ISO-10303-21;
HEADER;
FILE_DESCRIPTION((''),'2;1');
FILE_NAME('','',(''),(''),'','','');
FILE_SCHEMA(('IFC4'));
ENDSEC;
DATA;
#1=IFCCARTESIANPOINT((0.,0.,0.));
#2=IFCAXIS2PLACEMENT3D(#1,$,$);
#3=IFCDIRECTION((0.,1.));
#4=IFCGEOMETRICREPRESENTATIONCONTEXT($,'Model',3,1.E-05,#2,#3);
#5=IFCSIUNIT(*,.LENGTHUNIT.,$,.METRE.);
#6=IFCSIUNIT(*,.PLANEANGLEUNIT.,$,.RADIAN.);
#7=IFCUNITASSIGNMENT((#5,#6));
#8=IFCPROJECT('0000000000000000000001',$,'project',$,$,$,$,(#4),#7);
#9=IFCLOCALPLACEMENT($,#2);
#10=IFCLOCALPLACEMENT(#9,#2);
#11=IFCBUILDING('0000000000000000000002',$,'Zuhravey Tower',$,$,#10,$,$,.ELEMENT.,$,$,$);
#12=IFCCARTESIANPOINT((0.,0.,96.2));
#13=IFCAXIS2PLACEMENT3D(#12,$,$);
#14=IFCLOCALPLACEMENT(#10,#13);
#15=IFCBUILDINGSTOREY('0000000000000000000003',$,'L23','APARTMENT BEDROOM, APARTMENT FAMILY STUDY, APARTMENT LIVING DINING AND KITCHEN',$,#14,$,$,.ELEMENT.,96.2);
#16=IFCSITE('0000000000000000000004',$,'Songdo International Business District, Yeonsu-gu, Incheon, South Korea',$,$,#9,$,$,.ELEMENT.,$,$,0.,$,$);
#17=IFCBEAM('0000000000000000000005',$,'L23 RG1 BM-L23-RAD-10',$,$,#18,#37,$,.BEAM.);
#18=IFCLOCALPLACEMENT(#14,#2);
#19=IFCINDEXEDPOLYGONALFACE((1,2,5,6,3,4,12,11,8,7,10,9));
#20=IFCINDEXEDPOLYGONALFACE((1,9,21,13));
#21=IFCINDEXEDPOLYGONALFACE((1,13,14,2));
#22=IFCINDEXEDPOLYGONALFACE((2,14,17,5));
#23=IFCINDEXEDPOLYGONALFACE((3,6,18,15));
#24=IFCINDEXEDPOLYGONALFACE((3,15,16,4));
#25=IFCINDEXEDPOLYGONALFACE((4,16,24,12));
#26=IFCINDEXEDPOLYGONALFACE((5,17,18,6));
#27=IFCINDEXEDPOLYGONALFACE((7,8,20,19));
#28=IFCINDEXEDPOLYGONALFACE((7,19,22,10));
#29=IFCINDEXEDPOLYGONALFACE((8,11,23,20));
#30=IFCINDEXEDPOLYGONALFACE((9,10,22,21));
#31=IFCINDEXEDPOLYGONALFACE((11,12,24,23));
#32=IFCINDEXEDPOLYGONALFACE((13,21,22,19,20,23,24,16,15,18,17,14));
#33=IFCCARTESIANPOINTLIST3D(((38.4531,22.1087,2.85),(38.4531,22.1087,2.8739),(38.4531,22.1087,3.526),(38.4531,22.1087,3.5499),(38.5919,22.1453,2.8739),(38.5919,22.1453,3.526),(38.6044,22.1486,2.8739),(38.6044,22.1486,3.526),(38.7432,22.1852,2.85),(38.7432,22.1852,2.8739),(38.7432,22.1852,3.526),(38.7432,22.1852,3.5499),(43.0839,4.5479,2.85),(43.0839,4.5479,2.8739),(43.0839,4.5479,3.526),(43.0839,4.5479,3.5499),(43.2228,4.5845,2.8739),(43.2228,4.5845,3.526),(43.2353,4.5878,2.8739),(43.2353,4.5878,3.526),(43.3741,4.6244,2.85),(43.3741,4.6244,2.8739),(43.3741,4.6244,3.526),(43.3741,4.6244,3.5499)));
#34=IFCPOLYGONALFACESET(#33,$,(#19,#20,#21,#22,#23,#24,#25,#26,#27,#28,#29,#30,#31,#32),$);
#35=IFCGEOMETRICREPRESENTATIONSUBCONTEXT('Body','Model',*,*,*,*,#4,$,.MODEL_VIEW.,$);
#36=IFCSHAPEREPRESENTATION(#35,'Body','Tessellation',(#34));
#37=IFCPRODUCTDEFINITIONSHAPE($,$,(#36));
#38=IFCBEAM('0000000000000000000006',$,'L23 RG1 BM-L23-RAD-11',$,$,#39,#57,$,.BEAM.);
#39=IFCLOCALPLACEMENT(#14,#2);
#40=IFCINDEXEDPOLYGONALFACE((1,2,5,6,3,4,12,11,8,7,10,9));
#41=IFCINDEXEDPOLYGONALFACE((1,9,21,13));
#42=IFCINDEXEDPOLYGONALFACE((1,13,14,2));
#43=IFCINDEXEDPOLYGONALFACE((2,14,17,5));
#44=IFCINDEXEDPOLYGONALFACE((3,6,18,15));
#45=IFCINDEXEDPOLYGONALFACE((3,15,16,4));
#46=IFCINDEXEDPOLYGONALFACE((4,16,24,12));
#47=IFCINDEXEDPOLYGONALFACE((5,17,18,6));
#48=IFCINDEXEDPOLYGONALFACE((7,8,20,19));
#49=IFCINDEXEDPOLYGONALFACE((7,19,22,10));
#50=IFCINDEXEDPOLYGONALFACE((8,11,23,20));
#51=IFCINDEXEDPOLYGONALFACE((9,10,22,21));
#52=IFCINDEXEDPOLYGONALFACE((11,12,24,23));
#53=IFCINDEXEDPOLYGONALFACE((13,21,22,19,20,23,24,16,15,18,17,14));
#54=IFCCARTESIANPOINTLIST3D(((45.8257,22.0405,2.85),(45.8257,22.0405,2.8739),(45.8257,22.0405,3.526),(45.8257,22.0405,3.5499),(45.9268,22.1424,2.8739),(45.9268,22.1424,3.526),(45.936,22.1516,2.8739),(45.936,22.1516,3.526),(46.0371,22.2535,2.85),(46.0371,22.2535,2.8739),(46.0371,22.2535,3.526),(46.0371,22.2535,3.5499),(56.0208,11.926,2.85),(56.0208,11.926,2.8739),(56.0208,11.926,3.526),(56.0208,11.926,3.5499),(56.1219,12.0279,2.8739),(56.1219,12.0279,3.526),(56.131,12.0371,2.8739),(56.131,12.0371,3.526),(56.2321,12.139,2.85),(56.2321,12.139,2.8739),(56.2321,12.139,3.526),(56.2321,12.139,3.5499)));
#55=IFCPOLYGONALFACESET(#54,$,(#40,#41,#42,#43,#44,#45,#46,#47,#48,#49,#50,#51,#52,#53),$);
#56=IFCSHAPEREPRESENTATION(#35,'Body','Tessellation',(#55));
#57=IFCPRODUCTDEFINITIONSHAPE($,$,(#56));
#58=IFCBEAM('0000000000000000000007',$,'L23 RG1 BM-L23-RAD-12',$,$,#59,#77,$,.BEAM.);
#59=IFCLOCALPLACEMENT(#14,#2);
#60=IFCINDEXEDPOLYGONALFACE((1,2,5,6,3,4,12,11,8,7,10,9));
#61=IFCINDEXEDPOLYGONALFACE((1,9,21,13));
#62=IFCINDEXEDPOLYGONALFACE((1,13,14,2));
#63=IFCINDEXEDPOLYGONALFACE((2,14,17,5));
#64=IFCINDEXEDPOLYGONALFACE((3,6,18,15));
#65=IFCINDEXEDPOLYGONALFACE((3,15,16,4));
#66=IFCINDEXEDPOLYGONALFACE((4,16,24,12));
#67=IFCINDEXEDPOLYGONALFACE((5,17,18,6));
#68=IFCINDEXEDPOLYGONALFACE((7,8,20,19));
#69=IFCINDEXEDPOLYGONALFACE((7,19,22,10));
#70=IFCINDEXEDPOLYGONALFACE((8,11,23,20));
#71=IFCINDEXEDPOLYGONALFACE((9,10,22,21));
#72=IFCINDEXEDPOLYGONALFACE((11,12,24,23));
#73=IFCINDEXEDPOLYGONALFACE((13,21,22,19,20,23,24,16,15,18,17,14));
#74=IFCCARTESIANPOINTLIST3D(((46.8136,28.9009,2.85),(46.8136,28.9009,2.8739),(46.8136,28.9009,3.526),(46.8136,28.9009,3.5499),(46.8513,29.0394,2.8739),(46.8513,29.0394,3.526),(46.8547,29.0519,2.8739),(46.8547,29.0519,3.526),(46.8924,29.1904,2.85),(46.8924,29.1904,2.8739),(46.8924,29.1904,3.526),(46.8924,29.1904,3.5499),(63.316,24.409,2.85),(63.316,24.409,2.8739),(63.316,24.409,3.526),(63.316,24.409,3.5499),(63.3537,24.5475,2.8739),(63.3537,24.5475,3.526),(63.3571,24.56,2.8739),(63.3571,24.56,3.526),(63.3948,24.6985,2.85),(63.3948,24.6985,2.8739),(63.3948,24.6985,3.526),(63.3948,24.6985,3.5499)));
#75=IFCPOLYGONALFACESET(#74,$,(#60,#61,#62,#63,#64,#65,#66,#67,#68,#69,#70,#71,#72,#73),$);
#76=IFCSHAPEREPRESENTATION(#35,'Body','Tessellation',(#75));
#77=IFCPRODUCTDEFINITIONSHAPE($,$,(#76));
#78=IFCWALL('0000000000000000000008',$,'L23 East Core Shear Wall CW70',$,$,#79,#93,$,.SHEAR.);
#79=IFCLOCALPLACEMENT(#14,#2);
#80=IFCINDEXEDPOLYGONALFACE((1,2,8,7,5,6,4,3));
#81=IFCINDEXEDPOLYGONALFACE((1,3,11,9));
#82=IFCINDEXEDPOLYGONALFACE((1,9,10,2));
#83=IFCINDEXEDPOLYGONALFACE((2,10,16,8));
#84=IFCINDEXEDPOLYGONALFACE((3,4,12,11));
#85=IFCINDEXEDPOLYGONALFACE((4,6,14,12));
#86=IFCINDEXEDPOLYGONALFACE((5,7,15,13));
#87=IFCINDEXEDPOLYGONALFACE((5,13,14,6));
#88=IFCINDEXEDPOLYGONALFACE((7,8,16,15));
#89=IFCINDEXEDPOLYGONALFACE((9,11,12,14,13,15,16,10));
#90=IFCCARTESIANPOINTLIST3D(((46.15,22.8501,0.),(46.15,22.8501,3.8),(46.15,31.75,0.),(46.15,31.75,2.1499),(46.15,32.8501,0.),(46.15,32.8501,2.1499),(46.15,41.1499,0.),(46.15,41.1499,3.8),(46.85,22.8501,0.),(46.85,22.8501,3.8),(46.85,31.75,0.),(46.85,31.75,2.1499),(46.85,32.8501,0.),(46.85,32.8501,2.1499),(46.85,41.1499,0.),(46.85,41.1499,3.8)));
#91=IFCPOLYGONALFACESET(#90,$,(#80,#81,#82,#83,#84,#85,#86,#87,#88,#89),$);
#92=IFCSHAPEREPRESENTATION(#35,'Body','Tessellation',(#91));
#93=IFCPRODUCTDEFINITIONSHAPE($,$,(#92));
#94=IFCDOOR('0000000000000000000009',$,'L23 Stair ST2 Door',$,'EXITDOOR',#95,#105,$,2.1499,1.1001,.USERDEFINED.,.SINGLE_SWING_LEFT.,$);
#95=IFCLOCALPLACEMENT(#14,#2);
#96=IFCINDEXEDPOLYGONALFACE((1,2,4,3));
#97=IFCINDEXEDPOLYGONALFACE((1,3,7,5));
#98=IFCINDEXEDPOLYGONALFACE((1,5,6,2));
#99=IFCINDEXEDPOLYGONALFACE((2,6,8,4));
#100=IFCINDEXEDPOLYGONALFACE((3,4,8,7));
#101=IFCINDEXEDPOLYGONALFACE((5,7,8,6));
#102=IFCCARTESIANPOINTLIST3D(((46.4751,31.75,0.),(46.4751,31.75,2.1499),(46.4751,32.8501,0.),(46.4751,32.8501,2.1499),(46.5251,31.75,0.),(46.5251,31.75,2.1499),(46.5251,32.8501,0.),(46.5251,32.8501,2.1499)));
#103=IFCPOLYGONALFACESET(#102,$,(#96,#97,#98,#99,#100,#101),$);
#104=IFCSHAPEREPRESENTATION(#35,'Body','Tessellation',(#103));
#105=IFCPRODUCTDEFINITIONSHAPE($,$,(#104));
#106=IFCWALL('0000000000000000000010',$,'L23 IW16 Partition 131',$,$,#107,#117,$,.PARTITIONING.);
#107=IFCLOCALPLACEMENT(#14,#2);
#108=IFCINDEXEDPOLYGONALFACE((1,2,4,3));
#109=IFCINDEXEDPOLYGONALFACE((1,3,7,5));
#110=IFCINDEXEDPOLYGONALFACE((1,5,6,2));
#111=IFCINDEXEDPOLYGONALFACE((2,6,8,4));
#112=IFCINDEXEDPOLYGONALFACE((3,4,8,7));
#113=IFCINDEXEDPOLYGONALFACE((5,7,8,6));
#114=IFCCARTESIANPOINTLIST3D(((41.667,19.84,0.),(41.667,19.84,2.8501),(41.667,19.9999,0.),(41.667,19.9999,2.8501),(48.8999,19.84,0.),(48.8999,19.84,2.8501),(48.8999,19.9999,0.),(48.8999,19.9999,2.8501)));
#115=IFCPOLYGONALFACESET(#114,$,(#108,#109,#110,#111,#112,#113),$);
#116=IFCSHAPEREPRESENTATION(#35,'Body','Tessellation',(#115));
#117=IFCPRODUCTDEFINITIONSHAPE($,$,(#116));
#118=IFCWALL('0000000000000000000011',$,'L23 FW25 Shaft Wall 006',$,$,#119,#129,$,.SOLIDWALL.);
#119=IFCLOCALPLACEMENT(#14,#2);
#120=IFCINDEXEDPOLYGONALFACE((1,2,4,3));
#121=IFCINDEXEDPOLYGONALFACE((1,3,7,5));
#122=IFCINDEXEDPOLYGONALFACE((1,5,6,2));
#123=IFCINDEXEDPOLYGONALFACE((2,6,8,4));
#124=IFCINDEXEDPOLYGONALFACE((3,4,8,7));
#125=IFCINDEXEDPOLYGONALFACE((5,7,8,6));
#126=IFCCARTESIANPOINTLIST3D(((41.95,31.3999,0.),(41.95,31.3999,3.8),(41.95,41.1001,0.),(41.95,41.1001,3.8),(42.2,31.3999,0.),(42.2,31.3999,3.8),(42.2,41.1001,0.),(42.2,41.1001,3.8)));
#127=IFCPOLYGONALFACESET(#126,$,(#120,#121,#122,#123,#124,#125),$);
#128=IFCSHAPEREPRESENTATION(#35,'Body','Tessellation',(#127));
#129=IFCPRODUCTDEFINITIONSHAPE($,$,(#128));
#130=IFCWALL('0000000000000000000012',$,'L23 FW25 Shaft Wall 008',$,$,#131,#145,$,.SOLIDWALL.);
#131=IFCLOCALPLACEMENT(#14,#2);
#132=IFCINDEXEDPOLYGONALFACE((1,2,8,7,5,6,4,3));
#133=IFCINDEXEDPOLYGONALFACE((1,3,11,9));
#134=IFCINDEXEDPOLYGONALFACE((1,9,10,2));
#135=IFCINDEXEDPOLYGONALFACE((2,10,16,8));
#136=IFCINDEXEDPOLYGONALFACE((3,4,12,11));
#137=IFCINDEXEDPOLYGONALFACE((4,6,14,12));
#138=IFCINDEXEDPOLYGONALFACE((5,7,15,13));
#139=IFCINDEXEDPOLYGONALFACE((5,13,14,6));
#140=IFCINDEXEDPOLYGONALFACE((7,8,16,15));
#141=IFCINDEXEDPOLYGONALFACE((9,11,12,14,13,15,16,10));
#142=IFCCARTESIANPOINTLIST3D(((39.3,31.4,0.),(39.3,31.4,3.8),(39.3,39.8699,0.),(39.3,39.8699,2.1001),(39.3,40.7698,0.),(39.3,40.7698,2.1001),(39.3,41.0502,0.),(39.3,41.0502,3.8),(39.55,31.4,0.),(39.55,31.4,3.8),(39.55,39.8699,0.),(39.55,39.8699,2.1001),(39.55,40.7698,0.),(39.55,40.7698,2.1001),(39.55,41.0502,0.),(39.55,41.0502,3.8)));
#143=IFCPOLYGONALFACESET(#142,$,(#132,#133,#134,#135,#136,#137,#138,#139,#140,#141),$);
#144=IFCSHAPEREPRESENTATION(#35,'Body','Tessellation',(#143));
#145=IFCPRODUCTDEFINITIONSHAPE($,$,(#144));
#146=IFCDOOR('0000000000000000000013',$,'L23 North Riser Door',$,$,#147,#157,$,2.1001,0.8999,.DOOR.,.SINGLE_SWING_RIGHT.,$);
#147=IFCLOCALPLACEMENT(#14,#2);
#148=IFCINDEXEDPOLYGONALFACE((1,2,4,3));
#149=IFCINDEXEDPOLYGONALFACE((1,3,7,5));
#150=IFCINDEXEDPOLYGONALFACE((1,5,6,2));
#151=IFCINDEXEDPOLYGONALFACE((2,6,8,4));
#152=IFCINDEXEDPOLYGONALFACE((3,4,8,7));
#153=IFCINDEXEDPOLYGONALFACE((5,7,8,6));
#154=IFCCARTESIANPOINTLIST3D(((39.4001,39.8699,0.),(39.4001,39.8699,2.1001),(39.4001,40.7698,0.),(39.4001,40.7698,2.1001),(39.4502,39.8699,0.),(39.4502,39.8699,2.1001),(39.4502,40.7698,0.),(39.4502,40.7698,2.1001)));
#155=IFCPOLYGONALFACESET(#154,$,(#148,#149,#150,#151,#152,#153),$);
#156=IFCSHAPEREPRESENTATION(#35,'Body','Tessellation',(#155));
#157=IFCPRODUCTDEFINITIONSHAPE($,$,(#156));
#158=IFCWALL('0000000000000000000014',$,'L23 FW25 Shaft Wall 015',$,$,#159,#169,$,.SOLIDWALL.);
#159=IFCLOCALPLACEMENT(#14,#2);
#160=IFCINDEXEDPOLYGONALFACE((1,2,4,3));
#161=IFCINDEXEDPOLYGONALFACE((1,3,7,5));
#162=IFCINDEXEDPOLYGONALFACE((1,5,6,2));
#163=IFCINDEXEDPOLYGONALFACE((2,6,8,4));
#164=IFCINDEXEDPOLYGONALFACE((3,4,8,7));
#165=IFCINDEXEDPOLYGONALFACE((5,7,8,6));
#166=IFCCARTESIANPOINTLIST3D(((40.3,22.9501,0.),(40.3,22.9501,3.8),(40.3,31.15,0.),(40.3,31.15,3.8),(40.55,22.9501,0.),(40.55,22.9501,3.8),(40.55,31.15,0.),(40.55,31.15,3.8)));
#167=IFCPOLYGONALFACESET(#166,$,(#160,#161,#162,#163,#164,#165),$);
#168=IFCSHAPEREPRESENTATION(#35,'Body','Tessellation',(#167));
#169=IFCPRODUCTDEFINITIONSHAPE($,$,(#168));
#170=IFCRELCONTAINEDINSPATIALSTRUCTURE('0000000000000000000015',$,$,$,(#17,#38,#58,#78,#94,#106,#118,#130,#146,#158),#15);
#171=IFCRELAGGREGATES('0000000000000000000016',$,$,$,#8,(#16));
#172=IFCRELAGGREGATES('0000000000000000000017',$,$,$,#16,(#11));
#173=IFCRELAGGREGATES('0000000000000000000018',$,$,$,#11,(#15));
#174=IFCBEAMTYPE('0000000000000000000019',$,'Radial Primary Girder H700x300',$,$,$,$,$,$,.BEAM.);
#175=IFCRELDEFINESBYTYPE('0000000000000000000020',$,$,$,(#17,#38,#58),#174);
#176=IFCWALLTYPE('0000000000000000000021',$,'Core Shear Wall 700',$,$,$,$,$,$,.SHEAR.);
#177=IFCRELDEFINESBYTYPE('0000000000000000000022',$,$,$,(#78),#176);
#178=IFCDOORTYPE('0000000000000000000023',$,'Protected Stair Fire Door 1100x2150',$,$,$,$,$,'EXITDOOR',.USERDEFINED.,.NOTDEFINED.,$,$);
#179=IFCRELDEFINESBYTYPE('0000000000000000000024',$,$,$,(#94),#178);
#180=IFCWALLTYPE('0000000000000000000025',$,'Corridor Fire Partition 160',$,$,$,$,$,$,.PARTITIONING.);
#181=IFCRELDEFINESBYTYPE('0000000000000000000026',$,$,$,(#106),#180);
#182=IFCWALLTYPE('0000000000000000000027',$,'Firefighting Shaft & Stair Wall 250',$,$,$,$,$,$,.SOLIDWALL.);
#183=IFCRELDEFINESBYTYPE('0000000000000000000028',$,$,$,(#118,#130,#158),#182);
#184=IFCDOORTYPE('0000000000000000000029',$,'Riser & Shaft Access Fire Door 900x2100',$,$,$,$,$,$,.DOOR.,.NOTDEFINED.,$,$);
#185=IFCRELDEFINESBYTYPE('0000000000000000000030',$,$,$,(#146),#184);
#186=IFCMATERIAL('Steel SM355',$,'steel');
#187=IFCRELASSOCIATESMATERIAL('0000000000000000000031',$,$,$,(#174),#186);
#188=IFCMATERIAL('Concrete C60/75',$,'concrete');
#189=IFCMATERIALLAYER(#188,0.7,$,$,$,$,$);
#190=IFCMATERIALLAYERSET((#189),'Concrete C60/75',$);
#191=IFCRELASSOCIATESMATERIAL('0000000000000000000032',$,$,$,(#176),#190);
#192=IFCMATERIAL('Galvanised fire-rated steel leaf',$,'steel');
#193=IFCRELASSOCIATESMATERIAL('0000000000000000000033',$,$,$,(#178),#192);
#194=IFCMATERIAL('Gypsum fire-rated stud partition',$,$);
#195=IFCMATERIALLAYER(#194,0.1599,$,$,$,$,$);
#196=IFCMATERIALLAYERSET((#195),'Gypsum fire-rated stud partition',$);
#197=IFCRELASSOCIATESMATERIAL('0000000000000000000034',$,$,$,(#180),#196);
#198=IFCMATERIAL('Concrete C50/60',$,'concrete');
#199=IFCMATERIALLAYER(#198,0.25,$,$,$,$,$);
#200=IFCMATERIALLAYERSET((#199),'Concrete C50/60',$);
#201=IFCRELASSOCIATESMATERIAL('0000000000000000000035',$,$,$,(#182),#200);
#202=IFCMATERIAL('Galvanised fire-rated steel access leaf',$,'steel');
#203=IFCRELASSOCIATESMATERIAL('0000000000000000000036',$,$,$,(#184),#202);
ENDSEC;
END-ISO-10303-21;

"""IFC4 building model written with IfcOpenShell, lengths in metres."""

from ifc_helpers import new_model, si_unit, direction, frame, frame_2d, origin, origin_2d, place, context, subcontext, project, spatial, rectangle, i_section, extrude, material, layer, layer_set, material_profile, profile_set, type_object, element, fill, save


model = new_model("IFC4")

# Units and contexts
model_context = context("Model", 3, precision=1e-05, world=origin(), true_north=direction((0.0, 1.0)))
body_context = subcontext(model_context, "Body", "Model", "MODEL_VIEW")
ifc_project = project(units=[si_unit("LENGTHUNIT", "METRE"), si_unit("PLANEANGLEUNIT", "RADIAN")], contexts=[model_context])

# Site, building, storey
site_placement = place(None, origin())
site = spatial("IfcSite", under=ifc_project, at=site_placement, Name="Songdo International Business District, Yeonsu-gu, Incheon, South Korea", CompositionType="ELEMENT", RefElevation=0.0)
building_placement = place(site_placement, origin())
building = spatial("IfcBuilding", under=site, at=building_placement, Name="Zuhravey Tower", CompositionType="ELEMENT")
storey_placement = place(building_placement, frame((0.0, 0.0, 96.2)))
storey = spatial("IfcBuildingStorey", under=building, at=storey_placement, Name="L23", Description="APARTMENT BEDROOM, APARTMENT FAMILY STUDY, APARTMENT LIVING DINING AND KITCHEN", CompositionType="ELEMENT", Elevation=96.2)

# Beams
ifc_material_1 = material(Name="Steel SM355", Category="steel")
ifc_material_profile = material_profile(ifc_material_1, i_section(OverallWidth=0.3, OverallDepth=0.7, WebThickness=0.0129, FlangeThickness=0.0239, at=origin_2d()), Name="H-700x300x13x24")
ifc_profile_set = profile_set([ifc_material_profile], Name="Steel SM355")
beam_type = type_object("IfcBeamType", Name="Radial Primary Girder H700x300", PredefinedType="BEAM", material=ifc_profile_set)
beam_1_placement = place(storey_placement, frame((38.5981, 22.147, 3.2), z_axis=(0.254988, -0.966944, 0.0), x_axis=(0.966944, 0.254988, 0.0)))
element("IfcBeam", 1, at=beam_1_placement, inside=storey, type_object=beam_type, Name="L23 RG1 BM-L23-RAD-10", PredefinedType="BEAM", context=body_context, shape_type="SweptSolid", body=[
    extrude(i_section(OverallWidth=0.3, OverallDepth=0.7, WebThickness=0.0129, FlangeThickness=0.0239, at=origin_2d()), origin(), (0.0, 0.0, 1.0), 18.1611),
])
beam_2_placement = place(storey_placement, frame((45.9314, 22.147, 3.2), z_axis=(0.709906, -0.704296, 0.0), x_axis=(0.704296, 0.709906, 0.0)))
element("IfcBeam", 2, at=beam_2_placement, inside=storey, type_object=beam_type, Name="L23 RG1 BM-L23-RAD-11", PredefinedType="BEAM", context=body_context, shape_type="SweptSolid", body=[
    extrude(i_section(OverallWidth=0.3, OverallDepth=0.7, WebThickness=0.0129, FlangeThickness=0.0239, at=origin_2d()), origin(), (0.0, 0.0, 1.0), 14.3611),
])
beam_3_placement = place(storey_placement, frame((46.853, 29.0457, 3.2), z_axis=(0.964893, -0.262643, 0.0), x_axis=(0.262643, 0.964893, 0.0)))
element("IfcBeam", 3, at=beam_3_placement, inside=storey, type_object=beam_type, Name="L23 RG1 BM-L23-RAD-12", PredefinedType="BEAM", context=body_context, shape_type="SweptSolid", body=[
    extrude(i_section(OverallWidth=0.3, OverallDepth=0.7, WebThickness=0.0129, FlangeThickness=0.0239, at=origin_2d()), origin(), (0.0, 0.0, 1.0), 17.1028),
])

# Wall, opening, door
ifc_material_2 = material(Name="Concrete C60/75", Category="concrete")
ifc_layer_1 = layer(ifc_material_2, 0.7)
ifc_layer_set_1 = layer_set([ifc_layer_1], Name="Concrete C60/75")
wall_type_1 = type_object("IfcWallType", Name="Core Shear Wall 700", PredefinedType="SHEAR", material=ifc_layer_set_1)
wall_1_placement = place(storey_placement, frame((46.5, 22.8501, 0.0), z_axis=(0.0, 0.0, 1.0), x_axis=(0.0, 1.0, 0.0)))
wall_1 = element("IfcWall", 4, at=wall_1_placement, inside=storey, type_object=wall_type_1, Name="L23 East Core Shear Wall CW70", PredefinedType="SHEAR", context=body_context, shape_type="SweptSolid", body=[
    extrude(rectangle(XDim=18.2998, YDim=0.7, at=frame_2d((9.1499, 0.0))), origin(), (0.0, 0.0, 1.0), 3.8),
])
opening_1_placement = place(wall_1_placement, frame((8.8999, 0.0, 0.0)))
opening_1 = element("IfcOpeningElement", 5, at=opening_1_placement, cuts=wall_1, PredefinedType="OPENING", context=body_context, shape_type="SweptSolid", body=[
    extrude(rectangle(XDim=1.1001, YDim=2.1499, at=frame_2d((0.55, 1.075))), frame((0.0, 0.3621, 0.0), z_axis=(0.0, -1.0, 0.0), x_axis=(1.0, 0.0, 0.0)), (0.0, 0.0, 1.0), 0.7239),
])
ifc_material_3 = material(Name="Galvanised fire-rated steel leaf", Category="steel")
door_type_1 = type_object("IfcDoorType", Name="Protected Stair Fire Door 1100x2150", ElementType="EXITDOOR", OperationType="NOTDEFINED", PredefinedType="USERDEFINED", material=ifc_material_3)
door_1_placement = place(opening_1_placement, origin())
door_1 = element("IfcDoor", 6, at=door_1_placement, inside=storey, type_object=door_type_1, Name="L23 Stair ST2 Door", ObjectType="EXITDOOR", OperationType="SINGLE_SWING_LEFT", OverallHeight=2.1499, OverallWidth=1.1001, PredefinedType="USERDEFINED", context=body_context, shape_type="SweptSolid", body=[
    extrude(rectangle(XDim=1.1001, YDim=2.1499, at=frame_2d((0.55, 1.075))), frame((0.0, 0.0249, 0.0), z_axis=(0.0, -1.0, 0.0), x_axis=(1.0, 0.0, 0.0)), (0.0, 0.0, 1.0), 0.05),
])
fill(opening_1, door_1)

# Walls
ifc_material_4 = material(Name="Gypsum fire-rated stud partition")
ifc_layer_2 = layer(ifc_material_4, 0.1599)
ifc_layer_set_2 = layer_set([ifc_layer_2], Name="Gypsum fire-rated stud partition")
wall_type_2 = type_object("IfcWallType", Name="Corridor Fire Partition 160", PredefinedType="PARTITIONING", material=ifc_layer_set_2)
wall_2_placement = place(storey_placement, frame((41.667, 19.9199, 0.0), z_axis=(0.0, 0.0, 1.0), x_axis=(1.0, 0.0, 0.0)))
element("IfcWall", 7, at=wall_2_placement, inside=storey, type_object=wall_type_2, Name="L23 IW16 Partition 131", PredefinedType="PARTITIONING", context=body_context, shape_type="SweptSolid", body=[
    extrude(rectangle(XDim=7.2329, YDim=0.1599, at=frame_2d((3.6165, 0.0))), origin(), (0.0, 0.0, 1.0), 2.8501),
])
ifc_material_5 = material(Name="Concrete C50/60", Category="concrete")
ifc_layer_3 = layer(ifc_material_5, 0.25)
ifc_layer_set_3 = layer_set([ifc_layer_3], Name="Concrete C50/60")
wall_type_3 = type_object("IfcWallType", Name="Firefighting Shaft & Stair Wall 250", PredefinedType="SOLIDWALL", material=ifc_layer_set_3)
wall_3_placement = place(storey_placement, frame((42.075, 31.3999, 0.0), z_axis=(0.0, 0.0, 1.0), x_axis=(0.0, 1.0, 0.0)))
element("IfcWall", 8, at=wall_3_placement, inside=storey, type_object=wall_type_3, Name="L23 FW25 Shaft Wall 006", PredefinedType="SOLIDWALL", context=body_context, shape_type="SweptSolid", body=[
    extrude(rectangle(XDim=9.7002, YDim=0.25, at=frame_2d((4.8501, 0.0))), origin(), (0.0, 0.0, 1.0), 3.8),
])

# Wall, opening, door
wall_4_placement = place(storey_placement, frame((39.425, 31.3999, 0.0), z_axis=(0.0, 0.0, 1.0), x_axis=(0.0, 1.0, 0.0)))
wall_4 = element("IfcWall", 9, at=wall_4_placement, inside=storey, type_object=wall_type_3, Name="L23 FW25 Shaft Wall 008", PredefinedType="SOLIDWALL", context=body_context, shape_type="SweptSolid", body=[
    extrude(rectangle(XDim=9.6501, YDim=0.25, at=frame_2d((4.8252, 0.0))), origin(), (0.0, 0.0, 1.0), 3.8),
])
opening_2_placement = place(wall_4_placement, frame((8.47, 0.0, 0.0)))
opening_2 = element("IfcOpeningElement", 10, at=opening_2_placement, cuts=wall_4, PredefinedType="OPENING", context=body_context, shape_type="SweptSolid", body=[
    extrude(rectangle(XDim=0.8999, YDim=2.1001, at=frame_2d((0.45, 1.05))), frame((0.0, 0.137, 0.0), z_axis=(0.0, -1.0, 0.0), x_axis=(1.0, 0.0, 0.0)), (0.0, 0.0, 1.0), 0.2739),
])
ifc_material_6 = material(Name="Galvanised fire-rated steel access leaf", Category="steel")
door_type_2 = type_object("IfcDoorType", Name="Riser & Shaft Access Fire Door 900x2100", OperationType="NOTDEFINED", PredefinedType="DOOR", material=ifc_material_6)
door_2_placement = place(opening_2_placement, origin())
door_2 = element("IfcDoor", 11, at=door_2_placement, inside=storey, type_object=door_type_2, Name="L23 North Riser Door", OperationType="SINGLE_SWING_RIGHT", OverallHeight=2.1001, OverallWidth=0.8999, PredefinedType="DOOR", context=body_context, shape_type="SweptSolid", body=[
    extrude(rectangle(XDim=0.8999, YDim=2.1001, at=frame_2d((0.45, 1.05))), frame((0.0, 0.0249, 0.0), z_axis=(0.0, -1.0, 0.0), x_axis=(1.0, 0.0, 0.0)), (0.0, 0.0, 1.0), 0.05),
])
fill(opening_2, door_2)

# Wall
wall_5_placement = place(storey_placement, frame((40.425, 22.95, 0.0), z_axis=(0.0, 0.0, 1.0), x_axis=(0.0, 1.0, 0.0)))
element("IfcWall", 12, at=wall_5_placement, inside=storey, type_object=wall_type_3, Name="L23 FW25 Shaft Wall 015", PredefinedType="SOLIDWALL", context=body_context, shape_type="SweptSolid", body=[
    extrude(rectangle(XDim=8.2, YDim=0.25, at=frame_2d((4.1001, 0.0))), origin(), (0.0, 0.0, 1.0), 3.8),
])

save(model, "model.ifc")
